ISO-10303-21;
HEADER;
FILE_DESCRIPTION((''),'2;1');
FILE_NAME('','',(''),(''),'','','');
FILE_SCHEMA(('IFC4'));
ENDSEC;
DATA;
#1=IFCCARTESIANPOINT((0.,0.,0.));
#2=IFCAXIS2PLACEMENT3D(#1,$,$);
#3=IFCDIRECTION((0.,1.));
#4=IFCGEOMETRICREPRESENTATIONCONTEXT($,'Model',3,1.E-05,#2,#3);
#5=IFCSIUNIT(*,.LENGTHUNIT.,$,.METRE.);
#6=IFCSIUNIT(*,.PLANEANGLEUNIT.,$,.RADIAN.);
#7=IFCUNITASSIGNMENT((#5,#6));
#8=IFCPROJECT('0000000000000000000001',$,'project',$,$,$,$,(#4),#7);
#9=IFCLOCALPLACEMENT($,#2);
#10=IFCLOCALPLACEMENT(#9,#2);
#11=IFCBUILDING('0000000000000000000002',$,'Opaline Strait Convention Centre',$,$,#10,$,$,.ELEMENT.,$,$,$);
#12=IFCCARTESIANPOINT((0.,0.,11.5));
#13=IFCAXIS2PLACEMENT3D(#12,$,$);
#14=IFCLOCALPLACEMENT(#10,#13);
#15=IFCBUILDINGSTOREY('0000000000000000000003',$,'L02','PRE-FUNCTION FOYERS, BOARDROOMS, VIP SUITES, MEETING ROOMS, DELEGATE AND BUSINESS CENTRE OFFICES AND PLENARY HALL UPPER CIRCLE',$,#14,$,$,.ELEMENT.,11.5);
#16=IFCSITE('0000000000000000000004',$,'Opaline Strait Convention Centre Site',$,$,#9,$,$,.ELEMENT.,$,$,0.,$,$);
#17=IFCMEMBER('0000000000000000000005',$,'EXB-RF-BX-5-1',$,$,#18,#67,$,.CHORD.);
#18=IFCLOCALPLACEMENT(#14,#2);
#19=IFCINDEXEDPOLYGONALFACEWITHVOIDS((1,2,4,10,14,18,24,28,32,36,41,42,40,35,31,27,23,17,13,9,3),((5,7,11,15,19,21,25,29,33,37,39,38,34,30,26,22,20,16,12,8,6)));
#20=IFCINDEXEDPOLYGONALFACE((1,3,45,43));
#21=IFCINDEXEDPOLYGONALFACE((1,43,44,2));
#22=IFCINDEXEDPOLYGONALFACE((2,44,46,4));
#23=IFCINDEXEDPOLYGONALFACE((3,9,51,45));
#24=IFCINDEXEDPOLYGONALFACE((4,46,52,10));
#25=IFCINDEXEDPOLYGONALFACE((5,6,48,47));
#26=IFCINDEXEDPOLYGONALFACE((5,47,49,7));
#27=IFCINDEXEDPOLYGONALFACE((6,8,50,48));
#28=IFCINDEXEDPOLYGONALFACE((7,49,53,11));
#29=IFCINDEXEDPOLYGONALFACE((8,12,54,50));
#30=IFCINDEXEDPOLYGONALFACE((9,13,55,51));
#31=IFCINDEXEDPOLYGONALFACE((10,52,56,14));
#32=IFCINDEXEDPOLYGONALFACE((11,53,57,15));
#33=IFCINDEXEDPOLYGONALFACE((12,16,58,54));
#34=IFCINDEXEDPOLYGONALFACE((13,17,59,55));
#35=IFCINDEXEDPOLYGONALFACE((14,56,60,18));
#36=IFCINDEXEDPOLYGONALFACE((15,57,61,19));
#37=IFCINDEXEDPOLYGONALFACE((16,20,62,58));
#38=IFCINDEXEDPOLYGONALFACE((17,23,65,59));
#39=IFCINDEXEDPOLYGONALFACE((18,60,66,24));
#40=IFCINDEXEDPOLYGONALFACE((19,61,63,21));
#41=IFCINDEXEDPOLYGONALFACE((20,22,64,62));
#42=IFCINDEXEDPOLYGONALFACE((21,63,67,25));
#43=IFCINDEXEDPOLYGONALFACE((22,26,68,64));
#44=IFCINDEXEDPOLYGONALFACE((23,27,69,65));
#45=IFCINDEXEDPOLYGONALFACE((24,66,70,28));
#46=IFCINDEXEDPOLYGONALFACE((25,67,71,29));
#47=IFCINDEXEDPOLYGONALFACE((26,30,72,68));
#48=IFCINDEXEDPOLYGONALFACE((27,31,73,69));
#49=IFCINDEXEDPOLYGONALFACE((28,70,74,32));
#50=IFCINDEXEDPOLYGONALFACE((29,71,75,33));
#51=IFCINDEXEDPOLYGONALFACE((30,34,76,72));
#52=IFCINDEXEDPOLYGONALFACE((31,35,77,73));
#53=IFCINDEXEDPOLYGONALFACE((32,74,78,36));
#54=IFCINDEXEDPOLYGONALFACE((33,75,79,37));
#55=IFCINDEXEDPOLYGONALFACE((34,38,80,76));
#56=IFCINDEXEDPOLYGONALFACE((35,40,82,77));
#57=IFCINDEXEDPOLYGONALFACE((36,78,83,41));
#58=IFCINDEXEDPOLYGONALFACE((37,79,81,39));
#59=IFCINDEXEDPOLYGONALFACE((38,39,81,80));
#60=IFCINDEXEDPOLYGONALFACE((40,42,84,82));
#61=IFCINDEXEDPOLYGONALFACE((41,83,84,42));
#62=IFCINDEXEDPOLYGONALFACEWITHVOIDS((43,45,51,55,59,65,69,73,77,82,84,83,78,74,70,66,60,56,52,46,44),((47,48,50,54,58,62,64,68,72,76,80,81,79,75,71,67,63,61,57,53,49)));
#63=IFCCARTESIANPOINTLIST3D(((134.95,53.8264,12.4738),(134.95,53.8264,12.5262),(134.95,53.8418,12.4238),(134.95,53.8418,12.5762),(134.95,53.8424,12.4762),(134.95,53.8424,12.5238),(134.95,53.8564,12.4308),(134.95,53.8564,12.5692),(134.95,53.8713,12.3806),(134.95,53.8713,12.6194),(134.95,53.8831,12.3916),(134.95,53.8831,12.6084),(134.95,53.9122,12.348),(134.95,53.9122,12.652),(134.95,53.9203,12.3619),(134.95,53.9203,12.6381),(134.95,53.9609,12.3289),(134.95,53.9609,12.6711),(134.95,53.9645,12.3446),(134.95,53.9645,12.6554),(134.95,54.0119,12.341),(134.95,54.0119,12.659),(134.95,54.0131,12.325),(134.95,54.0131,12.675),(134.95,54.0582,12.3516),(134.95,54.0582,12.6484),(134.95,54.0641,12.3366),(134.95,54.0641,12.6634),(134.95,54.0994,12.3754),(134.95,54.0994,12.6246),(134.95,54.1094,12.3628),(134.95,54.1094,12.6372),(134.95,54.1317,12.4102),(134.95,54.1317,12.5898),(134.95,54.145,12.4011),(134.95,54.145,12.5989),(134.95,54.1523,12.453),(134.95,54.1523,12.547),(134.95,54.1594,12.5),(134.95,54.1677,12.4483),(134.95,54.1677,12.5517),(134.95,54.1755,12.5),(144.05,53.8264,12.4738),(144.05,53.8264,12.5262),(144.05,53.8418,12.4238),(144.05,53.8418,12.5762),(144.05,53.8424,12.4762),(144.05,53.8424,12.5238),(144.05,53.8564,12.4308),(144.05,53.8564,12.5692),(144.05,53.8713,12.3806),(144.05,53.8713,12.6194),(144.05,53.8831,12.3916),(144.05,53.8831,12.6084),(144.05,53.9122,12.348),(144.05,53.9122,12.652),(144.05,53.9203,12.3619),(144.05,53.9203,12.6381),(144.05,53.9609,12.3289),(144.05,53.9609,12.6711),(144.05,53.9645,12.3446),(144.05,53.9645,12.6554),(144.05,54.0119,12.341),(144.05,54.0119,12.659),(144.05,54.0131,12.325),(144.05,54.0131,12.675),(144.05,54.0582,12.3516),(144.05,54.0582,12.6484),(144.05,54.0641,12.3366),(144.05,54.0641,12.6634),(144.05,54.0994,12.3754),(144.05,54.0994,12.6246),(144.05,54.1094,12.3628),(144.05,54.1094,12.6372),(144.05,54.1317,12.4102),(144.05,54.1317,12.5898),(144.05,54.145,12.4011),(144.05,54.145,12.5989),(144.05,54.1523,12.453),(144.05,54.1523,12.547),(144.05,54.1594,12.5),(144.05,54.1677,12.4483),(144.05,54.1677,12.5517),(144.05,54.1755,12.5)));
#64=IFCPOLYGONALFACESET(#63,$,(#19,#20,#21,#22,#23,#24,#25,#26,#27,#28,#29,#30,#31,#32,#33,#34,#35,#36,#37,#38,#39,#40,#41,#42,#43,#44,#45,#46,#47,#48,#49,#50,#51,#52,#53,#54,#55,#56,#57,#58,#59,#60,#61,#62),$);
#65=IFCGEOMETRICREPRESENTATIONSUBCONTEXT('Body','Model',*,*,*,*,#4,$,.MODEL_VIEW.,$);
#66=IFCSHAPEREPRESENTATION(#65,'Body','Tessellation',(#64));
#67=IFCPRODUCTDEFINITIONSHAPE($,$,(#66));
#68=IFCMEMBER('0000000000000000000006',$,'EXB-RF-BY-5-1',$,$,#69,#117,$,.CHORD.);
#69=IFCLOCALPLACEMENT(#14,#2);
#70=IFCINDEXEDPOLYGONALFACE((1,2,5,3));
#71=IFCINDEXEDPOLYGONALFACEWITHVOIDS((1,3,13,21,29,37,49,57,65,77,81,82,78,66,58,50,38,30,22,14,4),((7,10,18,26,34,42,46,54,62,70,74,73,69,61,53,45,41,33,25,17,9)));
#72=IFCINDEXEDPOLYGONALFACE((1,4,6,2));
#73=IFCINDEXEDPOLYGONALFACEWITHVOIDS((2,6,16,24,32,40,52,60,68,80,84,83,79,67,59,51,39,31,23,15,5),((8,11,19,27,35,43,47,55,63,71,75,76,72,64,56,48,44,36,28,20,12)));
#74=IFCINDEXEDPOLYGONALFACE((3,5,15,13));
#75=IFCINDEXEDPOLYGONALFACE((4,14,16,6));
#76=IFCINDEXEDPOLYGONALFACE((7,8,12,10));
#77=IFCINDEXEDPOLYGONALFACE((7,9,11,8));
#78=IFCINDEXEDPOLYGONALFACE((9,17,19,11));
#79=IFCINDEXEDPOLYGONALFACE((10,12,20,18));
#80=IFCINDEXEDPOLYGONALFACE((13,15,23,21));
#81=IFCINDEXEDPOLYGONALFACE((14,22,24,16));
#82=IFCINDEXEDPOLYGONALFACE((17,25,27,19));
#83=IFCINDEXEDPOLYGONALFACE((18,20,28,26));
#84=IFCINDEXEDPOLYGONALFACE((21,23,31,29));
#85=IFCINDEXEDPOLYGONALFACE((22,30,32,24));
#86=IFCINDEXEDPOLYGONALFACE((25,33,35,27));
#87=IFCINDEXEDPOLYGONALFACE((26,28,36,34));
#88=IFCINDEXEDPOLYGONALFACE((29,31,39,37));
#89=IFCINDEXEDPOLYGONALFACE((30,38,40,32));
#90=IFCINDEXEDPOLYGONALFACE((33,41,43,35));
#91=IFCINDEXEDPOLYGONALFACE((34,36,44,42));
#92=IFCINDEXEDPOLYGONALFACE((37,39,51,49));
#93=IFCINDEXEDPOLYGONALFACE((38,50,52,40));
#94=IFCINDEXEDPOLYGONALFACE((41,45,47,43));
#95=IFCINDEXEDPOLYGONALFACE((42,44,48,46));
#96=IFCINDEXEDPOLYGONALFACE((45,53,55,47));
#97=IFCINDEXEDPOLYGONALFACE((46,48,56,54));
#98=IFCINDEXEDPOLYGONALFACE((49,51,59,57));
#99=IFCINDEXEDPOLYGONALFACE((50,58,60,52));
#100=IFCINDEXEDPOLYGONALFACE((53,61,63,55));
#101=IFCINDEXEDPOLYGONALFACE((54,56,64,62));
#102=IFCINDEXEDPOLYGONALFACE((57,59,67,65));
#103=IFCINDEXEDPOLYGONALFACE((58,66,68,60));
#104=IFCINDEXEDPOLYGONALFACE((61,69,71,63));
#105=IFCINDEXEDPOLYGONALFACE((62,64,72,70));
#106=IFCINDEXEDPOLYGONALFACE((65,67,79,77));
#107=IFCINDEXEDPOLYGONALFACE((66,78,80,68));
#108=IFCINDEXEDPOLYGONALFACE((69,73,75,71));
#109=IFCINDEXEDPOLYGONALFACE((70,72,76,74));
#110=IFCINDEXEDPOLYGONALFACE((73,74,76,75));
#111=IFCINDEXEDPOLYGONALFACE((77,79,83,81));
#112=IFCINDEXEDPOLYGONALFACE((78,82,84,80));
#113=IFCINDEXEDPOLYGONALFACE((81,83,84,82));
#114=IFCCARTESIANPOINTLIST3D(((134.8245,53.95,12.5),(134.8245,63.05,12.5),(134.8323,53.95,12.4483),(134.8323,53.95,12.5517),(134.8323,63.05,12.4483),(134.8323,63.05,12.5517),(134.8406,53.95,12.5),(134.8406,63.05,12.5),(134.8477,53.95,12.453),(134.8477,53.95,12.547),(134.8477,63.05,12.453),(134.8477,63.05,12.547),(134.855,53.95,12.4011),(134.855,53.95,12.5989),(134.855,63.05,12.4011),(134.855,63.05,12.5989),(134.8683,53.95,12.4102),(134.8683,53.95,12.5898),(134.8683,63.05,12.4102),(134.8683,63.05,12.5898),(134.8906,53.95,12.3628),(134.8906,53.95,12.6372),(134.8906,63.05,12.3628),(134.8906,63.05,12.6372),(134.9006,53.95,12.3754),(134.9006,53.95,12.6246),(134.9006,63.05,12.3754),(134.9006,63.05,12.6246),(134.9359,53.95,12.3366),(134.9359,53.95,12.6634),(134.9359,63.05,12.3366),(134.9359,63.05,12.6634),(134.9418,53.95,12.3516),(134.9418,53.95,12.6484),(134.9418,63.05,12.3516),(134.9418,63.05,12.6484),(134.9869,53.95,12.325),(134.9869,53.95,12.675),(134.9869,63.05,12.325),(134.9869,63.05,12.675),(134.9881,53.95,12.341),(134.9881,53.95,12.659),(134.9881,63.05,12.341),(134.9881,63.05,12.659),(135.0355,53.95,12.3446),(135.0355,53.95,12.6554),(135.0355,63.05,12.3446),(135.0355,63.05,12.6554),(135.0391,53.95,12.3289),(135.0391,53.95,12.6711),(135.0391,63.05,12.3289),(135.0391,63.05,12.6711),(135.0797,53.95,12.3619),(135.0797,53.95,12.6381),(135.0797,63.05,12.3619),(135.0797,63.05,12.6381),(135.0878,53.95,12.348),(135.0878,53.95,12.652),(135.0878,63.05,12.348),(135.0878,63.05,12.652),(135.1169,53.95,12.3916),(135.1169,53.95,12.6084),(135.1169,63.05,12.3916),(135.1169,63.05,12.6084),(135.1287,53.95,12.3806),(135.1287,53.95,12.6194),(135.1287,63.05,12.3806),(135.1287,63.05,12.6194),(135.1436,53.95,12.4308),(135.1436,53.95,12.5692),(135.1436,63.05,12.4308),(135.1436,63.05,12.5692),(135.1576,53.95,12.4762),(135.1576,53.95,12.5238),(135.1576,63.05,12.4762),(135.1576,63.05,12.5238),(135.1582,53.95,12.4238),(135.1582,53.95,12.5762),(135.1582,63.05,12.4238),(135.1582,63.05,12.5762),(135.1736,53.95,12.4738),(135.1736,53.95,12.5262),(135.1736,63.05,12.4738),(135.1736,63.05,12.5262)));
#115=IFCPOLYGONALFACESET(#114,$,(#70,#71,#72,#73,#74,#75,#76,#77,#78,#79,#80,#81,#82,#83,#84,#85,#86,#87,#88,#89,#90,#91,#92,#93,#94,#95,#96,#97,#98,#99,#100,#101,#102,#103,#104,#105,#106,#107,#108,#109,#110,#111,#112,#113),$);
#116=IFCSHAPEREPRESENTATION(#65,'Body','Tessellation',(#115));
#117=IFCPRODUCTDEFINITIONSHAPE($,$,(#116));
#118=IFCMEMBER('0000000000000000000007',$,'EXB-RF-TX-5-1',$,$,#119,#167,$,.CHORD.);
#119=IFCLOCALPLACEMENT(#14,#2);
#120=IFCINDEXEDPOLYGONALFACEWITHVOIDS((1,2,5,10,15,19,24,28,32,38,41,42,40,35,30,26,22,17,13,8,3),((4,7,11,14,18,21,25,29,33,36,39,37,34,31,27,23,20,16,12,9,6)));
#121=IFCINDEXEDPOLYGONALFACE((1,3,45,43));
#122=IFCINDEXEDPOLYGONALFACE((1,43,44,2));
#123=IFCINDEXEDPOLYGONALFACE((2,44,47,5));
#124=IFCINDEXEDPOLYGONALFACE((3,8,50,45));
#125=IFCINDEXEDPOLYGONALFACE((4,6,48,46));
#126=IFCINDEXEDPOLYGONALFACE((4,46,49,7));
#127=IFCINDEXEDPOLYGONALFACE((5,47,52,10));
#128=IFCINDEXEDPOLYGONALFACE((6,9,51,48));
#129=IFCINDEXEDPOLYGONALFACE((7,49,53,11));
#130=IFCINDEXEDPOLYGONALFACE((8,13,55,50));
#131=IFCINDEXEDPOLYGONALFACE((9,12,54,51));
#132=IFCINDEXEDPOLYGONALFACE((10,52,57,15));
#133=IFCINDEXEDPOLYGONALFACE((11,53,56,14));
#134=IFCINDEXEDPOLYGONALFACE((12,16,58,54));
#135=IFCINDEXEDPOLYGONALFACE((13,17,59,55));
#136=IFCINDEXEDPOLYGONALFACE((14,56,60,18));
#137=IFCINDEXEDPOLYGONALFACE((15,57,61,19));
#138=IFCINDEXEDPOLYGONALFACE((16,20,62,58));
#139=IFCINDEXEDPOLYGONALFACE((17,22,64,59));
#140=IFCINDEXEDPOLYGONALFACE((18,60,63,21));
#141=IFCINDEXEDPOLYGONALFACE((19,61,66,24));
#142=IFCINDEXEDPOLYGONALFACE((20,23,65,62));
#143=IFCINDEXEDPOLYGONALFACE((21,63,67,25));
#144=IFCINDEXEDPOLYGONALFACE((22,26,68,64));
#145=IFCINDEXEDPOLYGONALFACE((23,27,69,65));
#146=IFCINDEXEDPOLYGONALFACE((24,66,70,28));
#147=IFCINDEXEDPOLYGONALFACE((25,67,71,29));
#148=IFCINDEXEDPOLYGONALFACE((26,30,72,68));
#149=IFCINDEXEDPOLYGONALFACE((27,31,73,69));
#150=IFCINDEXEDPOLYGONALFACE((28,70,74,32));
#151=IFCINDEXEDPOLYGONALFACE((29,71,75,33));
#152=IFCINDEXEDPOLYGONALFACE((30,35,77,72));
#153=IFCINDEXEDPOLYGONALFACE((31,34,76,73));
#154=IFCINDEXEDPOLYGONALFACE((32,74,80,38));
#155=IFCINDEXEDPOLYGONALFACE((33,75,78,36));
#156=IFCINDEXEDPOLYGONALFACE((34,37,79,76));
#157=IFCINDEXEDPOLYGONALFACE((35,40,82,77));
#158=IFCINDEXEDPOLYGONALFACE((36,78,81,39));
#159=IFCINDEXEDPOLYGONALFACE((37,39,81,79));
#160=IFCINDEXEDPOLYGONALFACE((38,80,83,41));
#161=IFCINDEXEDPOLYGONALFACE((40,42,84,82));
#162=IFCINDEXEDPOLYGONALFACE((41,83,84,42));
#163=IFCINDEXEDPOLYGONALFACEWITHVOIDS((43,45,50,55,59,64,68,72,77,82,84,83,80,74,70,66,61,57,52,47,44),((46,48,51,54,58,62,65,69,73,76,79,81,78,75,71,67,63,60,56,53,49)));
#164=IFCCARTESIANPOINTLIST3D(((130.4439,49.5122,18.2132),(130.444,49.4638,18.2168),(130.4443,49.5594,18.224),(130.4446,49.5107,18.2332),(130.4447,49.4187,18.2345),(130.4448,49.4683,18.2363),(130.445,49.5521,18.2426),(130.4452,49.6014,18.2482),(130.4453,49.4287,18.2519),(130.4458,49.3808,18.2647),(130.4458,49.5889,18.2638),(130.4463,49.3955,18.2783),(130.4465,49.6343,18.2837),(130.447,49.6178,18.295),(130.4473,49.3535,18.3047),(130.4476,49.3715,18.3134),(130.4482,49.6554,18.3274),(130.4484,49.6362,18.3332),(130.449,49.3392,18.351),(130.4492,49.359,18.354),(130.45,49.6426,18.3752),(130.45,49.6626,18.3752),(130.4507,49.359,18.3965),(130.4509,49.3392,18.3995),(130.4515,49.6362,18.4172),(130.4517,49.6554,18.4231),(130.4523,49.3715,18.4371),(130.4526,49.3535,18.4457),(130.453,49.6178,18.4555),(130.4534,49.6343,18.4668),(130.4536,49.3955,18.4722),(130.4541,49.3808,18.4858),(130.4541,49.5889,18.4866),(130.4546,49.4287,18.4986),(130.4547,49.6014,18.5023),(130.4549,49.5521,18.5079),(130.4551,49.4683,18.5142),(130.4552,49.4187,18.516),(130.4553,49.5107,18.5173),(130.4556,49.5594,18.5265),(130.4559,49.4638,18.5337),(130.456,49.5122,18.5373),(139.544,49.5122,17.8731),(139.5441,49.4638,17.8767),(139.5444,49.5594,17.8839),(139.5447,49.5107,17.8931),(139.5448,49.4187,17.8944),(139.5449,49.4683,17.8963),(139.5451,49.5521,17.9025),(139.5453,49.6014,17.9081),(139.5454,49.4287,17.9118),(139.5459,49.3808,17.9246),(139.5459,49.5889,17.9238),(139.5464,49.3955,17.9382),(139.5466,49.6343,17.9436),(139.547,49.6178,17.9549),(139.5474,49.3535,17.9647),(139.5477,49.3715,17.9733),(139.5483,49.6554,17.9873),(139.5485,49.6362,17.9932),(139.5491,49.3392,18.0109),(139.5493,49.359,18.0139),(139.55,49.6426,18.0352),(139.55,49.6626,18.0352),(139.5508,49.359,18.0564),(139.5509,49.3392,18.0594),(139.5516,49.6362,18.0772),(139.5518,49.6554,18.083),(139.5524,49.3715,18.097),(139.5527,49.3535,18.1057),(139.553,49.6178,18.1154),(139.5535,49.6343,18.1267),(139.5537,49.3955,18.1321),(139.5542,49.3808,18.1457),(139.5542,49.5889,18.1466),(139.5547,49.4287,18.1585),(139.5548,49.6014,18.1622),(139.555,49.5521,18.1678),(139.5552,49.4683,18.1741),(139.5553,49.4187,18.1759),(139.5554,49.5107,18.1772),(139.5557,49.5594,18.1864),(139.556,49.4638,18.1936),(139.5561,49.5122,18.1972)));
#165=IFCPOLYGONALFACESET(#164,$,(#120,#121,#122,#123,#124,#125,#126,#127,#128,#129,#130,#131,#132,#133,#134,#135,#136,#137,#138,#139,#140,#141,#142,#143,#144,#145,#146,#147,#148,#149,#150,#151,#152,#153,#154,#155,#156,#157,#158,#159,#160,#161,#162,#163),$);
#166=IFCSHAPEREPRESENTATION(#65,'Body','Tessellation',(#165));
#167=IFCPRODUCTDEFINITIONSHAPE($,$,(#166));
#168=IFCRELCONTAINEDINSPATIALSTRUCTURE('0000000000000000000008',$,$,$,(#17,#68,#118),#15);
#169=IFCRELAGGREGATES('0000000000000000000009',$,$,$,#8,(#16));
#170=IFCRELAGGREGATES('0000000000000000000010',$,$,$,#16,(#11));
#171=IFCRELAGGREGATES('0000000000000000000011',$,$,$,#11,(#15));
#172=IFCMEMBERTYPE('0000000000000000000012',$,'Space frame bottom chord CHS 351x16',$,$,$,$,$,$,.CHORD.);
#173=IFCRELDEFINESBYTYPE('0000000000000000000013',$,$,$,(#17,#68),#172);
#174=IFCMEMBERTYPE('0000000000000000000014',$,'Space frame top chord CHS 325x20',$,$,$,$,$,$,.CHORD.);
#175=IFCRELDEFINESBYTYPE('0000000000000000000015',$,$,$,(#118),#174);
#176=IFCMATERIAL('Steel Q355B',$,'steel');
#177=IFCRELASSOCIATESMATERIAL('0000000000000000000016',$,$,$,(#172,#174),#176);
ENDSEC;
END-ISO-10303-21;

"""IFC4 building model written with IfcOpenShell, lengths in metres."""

from ifc_helpers import new_model, si_unit, direction, frame, origin, origin_2d, place, context, subcontext, project, spatial, hollow_circle, extrude, material, material_profile, profile_set, type_object, element, save


model = new_model("IFC4")

# Units and contexts
model_context = context("Model", 3, precision=1e-05, world=origin(), true_north=direction((0.0, 1.0)))
body_context = subcontext(model_context, "Body", "Model", "MODEL_VIEW")
ifc_project = project(units=[si_unit("LENGTHUNIT", "METRE"), si_unit("PLANEANGLEUNIT", "RADIAN")], contexts=[model_context])

# Site, building, storey
site_placement = place(None, origin())
site = spatial("IfcSite", under=ifc_project, at=site_placement, Name="Opaline Strait Convention Centre Site", CompositionType="ELEMENT", RefElevation=0.0)
building_placement = place(site_placement, origin())
building = spatial("IfcBuilding", under=site, at=building_placement, Name="Opaline Strait Convention Centre", CompositionType="ELEMENT")
storey_placement = place(building_placement, frame((0.0, 0.0, 11.5)))
storey = spatial("IfcBuildingStorey", under=building, at=storey_placement, Name="L02", Description="PRE-FUNCTION FOYERS, BOARDROOMS, VIP SUITES, MEETING ROOMS, DELEGATE AND BUSINESS CENTRE OFFICES AND PLENARY HALL UPPER CIRCLE", CompositionType="ELEMENT", Elevation=11.5)

# Members
ifc_material_1 = material(Name="Steel Q355B", Category="steel")
ifc_material_profile_1 = material_profile(ifc_material_1, hollow_circle(Radius=0.1755, WallThickness=0.0161, at=origin_2d()), Name="CHS 351x16")
ifc_profile_set_1 = profile_set([ifc_material_profile_1], Name="Steel Q355B")
member_type_1 = type_object("IfcMemberType", Name="Space frame bottom chord CHS 351x16", PredefinedType="CHORD", material=ifc_profile_set_1)
for number, where, z_axis, x_axis, name in (
    (1, (134.95, 54.0, 12.5), (1.0, 0.0, 0.0), (0.0, 1.0, 0.0), "EXB-RF-BX-5-1"),
    (2, (135.0, 53.95, 12.5), (0.0, 1.0, 0.0), (-1.0, 0.0, 0.0), "EXB-RF-BY-5-1"),
):
    element("IfcMember", number, at=place(storey_placement, frame(where, z_axis=z_axis, x_axis=x_axis)), inside=storey, type_object=member_type_1, Name=name, PredefinedType="CHORD", context=body_context, shape_type="SweptSolid", body=[
        extrude(hollow_circle(Radius=0.1755, WallThickness=0.0161, at=origin_2d()), origin(), (0.0, 0.0, 1.0), 9.1001),
    ])
ifc_material_profile_2 = material_profile(ifc_material_1, hollow_circle(Radius=0.1626, WallThickness=0.02, at=origin_2d()), Name="CHS 325x20")
ifc_profile_set_2 = profile_set([ifc_material_profile_2], Name="Steel Q355B")
member_type_2 = type_object("IfcMemberType", Name="Space frame top chord CHS 325x20", PredefinedType="CHORD", material=ifc_profile_set_2)
member_1_placement = place(storey_placement, frame((130.45, 49.5, 18.3752), z_axis=(0.999302, 0.0, -0.037346), x_axis=(0.0, 1.0, 0.0)))
element("IfcMember", 3, at=member_1_placement, inside=storey, type_object=member_type_2, Name="EXB-RF-TX-5-1", PredefinedType="CHORD", context=body_context, shape_type="SweptSolid", body=[
    extrude(hollow_circle(Radius=0.1626, WallThickness=0.02, at=origin_2d()), origin(), (0.0, 0.0, 1.0), 9.1064),
])

save(model, "model.ifc")
